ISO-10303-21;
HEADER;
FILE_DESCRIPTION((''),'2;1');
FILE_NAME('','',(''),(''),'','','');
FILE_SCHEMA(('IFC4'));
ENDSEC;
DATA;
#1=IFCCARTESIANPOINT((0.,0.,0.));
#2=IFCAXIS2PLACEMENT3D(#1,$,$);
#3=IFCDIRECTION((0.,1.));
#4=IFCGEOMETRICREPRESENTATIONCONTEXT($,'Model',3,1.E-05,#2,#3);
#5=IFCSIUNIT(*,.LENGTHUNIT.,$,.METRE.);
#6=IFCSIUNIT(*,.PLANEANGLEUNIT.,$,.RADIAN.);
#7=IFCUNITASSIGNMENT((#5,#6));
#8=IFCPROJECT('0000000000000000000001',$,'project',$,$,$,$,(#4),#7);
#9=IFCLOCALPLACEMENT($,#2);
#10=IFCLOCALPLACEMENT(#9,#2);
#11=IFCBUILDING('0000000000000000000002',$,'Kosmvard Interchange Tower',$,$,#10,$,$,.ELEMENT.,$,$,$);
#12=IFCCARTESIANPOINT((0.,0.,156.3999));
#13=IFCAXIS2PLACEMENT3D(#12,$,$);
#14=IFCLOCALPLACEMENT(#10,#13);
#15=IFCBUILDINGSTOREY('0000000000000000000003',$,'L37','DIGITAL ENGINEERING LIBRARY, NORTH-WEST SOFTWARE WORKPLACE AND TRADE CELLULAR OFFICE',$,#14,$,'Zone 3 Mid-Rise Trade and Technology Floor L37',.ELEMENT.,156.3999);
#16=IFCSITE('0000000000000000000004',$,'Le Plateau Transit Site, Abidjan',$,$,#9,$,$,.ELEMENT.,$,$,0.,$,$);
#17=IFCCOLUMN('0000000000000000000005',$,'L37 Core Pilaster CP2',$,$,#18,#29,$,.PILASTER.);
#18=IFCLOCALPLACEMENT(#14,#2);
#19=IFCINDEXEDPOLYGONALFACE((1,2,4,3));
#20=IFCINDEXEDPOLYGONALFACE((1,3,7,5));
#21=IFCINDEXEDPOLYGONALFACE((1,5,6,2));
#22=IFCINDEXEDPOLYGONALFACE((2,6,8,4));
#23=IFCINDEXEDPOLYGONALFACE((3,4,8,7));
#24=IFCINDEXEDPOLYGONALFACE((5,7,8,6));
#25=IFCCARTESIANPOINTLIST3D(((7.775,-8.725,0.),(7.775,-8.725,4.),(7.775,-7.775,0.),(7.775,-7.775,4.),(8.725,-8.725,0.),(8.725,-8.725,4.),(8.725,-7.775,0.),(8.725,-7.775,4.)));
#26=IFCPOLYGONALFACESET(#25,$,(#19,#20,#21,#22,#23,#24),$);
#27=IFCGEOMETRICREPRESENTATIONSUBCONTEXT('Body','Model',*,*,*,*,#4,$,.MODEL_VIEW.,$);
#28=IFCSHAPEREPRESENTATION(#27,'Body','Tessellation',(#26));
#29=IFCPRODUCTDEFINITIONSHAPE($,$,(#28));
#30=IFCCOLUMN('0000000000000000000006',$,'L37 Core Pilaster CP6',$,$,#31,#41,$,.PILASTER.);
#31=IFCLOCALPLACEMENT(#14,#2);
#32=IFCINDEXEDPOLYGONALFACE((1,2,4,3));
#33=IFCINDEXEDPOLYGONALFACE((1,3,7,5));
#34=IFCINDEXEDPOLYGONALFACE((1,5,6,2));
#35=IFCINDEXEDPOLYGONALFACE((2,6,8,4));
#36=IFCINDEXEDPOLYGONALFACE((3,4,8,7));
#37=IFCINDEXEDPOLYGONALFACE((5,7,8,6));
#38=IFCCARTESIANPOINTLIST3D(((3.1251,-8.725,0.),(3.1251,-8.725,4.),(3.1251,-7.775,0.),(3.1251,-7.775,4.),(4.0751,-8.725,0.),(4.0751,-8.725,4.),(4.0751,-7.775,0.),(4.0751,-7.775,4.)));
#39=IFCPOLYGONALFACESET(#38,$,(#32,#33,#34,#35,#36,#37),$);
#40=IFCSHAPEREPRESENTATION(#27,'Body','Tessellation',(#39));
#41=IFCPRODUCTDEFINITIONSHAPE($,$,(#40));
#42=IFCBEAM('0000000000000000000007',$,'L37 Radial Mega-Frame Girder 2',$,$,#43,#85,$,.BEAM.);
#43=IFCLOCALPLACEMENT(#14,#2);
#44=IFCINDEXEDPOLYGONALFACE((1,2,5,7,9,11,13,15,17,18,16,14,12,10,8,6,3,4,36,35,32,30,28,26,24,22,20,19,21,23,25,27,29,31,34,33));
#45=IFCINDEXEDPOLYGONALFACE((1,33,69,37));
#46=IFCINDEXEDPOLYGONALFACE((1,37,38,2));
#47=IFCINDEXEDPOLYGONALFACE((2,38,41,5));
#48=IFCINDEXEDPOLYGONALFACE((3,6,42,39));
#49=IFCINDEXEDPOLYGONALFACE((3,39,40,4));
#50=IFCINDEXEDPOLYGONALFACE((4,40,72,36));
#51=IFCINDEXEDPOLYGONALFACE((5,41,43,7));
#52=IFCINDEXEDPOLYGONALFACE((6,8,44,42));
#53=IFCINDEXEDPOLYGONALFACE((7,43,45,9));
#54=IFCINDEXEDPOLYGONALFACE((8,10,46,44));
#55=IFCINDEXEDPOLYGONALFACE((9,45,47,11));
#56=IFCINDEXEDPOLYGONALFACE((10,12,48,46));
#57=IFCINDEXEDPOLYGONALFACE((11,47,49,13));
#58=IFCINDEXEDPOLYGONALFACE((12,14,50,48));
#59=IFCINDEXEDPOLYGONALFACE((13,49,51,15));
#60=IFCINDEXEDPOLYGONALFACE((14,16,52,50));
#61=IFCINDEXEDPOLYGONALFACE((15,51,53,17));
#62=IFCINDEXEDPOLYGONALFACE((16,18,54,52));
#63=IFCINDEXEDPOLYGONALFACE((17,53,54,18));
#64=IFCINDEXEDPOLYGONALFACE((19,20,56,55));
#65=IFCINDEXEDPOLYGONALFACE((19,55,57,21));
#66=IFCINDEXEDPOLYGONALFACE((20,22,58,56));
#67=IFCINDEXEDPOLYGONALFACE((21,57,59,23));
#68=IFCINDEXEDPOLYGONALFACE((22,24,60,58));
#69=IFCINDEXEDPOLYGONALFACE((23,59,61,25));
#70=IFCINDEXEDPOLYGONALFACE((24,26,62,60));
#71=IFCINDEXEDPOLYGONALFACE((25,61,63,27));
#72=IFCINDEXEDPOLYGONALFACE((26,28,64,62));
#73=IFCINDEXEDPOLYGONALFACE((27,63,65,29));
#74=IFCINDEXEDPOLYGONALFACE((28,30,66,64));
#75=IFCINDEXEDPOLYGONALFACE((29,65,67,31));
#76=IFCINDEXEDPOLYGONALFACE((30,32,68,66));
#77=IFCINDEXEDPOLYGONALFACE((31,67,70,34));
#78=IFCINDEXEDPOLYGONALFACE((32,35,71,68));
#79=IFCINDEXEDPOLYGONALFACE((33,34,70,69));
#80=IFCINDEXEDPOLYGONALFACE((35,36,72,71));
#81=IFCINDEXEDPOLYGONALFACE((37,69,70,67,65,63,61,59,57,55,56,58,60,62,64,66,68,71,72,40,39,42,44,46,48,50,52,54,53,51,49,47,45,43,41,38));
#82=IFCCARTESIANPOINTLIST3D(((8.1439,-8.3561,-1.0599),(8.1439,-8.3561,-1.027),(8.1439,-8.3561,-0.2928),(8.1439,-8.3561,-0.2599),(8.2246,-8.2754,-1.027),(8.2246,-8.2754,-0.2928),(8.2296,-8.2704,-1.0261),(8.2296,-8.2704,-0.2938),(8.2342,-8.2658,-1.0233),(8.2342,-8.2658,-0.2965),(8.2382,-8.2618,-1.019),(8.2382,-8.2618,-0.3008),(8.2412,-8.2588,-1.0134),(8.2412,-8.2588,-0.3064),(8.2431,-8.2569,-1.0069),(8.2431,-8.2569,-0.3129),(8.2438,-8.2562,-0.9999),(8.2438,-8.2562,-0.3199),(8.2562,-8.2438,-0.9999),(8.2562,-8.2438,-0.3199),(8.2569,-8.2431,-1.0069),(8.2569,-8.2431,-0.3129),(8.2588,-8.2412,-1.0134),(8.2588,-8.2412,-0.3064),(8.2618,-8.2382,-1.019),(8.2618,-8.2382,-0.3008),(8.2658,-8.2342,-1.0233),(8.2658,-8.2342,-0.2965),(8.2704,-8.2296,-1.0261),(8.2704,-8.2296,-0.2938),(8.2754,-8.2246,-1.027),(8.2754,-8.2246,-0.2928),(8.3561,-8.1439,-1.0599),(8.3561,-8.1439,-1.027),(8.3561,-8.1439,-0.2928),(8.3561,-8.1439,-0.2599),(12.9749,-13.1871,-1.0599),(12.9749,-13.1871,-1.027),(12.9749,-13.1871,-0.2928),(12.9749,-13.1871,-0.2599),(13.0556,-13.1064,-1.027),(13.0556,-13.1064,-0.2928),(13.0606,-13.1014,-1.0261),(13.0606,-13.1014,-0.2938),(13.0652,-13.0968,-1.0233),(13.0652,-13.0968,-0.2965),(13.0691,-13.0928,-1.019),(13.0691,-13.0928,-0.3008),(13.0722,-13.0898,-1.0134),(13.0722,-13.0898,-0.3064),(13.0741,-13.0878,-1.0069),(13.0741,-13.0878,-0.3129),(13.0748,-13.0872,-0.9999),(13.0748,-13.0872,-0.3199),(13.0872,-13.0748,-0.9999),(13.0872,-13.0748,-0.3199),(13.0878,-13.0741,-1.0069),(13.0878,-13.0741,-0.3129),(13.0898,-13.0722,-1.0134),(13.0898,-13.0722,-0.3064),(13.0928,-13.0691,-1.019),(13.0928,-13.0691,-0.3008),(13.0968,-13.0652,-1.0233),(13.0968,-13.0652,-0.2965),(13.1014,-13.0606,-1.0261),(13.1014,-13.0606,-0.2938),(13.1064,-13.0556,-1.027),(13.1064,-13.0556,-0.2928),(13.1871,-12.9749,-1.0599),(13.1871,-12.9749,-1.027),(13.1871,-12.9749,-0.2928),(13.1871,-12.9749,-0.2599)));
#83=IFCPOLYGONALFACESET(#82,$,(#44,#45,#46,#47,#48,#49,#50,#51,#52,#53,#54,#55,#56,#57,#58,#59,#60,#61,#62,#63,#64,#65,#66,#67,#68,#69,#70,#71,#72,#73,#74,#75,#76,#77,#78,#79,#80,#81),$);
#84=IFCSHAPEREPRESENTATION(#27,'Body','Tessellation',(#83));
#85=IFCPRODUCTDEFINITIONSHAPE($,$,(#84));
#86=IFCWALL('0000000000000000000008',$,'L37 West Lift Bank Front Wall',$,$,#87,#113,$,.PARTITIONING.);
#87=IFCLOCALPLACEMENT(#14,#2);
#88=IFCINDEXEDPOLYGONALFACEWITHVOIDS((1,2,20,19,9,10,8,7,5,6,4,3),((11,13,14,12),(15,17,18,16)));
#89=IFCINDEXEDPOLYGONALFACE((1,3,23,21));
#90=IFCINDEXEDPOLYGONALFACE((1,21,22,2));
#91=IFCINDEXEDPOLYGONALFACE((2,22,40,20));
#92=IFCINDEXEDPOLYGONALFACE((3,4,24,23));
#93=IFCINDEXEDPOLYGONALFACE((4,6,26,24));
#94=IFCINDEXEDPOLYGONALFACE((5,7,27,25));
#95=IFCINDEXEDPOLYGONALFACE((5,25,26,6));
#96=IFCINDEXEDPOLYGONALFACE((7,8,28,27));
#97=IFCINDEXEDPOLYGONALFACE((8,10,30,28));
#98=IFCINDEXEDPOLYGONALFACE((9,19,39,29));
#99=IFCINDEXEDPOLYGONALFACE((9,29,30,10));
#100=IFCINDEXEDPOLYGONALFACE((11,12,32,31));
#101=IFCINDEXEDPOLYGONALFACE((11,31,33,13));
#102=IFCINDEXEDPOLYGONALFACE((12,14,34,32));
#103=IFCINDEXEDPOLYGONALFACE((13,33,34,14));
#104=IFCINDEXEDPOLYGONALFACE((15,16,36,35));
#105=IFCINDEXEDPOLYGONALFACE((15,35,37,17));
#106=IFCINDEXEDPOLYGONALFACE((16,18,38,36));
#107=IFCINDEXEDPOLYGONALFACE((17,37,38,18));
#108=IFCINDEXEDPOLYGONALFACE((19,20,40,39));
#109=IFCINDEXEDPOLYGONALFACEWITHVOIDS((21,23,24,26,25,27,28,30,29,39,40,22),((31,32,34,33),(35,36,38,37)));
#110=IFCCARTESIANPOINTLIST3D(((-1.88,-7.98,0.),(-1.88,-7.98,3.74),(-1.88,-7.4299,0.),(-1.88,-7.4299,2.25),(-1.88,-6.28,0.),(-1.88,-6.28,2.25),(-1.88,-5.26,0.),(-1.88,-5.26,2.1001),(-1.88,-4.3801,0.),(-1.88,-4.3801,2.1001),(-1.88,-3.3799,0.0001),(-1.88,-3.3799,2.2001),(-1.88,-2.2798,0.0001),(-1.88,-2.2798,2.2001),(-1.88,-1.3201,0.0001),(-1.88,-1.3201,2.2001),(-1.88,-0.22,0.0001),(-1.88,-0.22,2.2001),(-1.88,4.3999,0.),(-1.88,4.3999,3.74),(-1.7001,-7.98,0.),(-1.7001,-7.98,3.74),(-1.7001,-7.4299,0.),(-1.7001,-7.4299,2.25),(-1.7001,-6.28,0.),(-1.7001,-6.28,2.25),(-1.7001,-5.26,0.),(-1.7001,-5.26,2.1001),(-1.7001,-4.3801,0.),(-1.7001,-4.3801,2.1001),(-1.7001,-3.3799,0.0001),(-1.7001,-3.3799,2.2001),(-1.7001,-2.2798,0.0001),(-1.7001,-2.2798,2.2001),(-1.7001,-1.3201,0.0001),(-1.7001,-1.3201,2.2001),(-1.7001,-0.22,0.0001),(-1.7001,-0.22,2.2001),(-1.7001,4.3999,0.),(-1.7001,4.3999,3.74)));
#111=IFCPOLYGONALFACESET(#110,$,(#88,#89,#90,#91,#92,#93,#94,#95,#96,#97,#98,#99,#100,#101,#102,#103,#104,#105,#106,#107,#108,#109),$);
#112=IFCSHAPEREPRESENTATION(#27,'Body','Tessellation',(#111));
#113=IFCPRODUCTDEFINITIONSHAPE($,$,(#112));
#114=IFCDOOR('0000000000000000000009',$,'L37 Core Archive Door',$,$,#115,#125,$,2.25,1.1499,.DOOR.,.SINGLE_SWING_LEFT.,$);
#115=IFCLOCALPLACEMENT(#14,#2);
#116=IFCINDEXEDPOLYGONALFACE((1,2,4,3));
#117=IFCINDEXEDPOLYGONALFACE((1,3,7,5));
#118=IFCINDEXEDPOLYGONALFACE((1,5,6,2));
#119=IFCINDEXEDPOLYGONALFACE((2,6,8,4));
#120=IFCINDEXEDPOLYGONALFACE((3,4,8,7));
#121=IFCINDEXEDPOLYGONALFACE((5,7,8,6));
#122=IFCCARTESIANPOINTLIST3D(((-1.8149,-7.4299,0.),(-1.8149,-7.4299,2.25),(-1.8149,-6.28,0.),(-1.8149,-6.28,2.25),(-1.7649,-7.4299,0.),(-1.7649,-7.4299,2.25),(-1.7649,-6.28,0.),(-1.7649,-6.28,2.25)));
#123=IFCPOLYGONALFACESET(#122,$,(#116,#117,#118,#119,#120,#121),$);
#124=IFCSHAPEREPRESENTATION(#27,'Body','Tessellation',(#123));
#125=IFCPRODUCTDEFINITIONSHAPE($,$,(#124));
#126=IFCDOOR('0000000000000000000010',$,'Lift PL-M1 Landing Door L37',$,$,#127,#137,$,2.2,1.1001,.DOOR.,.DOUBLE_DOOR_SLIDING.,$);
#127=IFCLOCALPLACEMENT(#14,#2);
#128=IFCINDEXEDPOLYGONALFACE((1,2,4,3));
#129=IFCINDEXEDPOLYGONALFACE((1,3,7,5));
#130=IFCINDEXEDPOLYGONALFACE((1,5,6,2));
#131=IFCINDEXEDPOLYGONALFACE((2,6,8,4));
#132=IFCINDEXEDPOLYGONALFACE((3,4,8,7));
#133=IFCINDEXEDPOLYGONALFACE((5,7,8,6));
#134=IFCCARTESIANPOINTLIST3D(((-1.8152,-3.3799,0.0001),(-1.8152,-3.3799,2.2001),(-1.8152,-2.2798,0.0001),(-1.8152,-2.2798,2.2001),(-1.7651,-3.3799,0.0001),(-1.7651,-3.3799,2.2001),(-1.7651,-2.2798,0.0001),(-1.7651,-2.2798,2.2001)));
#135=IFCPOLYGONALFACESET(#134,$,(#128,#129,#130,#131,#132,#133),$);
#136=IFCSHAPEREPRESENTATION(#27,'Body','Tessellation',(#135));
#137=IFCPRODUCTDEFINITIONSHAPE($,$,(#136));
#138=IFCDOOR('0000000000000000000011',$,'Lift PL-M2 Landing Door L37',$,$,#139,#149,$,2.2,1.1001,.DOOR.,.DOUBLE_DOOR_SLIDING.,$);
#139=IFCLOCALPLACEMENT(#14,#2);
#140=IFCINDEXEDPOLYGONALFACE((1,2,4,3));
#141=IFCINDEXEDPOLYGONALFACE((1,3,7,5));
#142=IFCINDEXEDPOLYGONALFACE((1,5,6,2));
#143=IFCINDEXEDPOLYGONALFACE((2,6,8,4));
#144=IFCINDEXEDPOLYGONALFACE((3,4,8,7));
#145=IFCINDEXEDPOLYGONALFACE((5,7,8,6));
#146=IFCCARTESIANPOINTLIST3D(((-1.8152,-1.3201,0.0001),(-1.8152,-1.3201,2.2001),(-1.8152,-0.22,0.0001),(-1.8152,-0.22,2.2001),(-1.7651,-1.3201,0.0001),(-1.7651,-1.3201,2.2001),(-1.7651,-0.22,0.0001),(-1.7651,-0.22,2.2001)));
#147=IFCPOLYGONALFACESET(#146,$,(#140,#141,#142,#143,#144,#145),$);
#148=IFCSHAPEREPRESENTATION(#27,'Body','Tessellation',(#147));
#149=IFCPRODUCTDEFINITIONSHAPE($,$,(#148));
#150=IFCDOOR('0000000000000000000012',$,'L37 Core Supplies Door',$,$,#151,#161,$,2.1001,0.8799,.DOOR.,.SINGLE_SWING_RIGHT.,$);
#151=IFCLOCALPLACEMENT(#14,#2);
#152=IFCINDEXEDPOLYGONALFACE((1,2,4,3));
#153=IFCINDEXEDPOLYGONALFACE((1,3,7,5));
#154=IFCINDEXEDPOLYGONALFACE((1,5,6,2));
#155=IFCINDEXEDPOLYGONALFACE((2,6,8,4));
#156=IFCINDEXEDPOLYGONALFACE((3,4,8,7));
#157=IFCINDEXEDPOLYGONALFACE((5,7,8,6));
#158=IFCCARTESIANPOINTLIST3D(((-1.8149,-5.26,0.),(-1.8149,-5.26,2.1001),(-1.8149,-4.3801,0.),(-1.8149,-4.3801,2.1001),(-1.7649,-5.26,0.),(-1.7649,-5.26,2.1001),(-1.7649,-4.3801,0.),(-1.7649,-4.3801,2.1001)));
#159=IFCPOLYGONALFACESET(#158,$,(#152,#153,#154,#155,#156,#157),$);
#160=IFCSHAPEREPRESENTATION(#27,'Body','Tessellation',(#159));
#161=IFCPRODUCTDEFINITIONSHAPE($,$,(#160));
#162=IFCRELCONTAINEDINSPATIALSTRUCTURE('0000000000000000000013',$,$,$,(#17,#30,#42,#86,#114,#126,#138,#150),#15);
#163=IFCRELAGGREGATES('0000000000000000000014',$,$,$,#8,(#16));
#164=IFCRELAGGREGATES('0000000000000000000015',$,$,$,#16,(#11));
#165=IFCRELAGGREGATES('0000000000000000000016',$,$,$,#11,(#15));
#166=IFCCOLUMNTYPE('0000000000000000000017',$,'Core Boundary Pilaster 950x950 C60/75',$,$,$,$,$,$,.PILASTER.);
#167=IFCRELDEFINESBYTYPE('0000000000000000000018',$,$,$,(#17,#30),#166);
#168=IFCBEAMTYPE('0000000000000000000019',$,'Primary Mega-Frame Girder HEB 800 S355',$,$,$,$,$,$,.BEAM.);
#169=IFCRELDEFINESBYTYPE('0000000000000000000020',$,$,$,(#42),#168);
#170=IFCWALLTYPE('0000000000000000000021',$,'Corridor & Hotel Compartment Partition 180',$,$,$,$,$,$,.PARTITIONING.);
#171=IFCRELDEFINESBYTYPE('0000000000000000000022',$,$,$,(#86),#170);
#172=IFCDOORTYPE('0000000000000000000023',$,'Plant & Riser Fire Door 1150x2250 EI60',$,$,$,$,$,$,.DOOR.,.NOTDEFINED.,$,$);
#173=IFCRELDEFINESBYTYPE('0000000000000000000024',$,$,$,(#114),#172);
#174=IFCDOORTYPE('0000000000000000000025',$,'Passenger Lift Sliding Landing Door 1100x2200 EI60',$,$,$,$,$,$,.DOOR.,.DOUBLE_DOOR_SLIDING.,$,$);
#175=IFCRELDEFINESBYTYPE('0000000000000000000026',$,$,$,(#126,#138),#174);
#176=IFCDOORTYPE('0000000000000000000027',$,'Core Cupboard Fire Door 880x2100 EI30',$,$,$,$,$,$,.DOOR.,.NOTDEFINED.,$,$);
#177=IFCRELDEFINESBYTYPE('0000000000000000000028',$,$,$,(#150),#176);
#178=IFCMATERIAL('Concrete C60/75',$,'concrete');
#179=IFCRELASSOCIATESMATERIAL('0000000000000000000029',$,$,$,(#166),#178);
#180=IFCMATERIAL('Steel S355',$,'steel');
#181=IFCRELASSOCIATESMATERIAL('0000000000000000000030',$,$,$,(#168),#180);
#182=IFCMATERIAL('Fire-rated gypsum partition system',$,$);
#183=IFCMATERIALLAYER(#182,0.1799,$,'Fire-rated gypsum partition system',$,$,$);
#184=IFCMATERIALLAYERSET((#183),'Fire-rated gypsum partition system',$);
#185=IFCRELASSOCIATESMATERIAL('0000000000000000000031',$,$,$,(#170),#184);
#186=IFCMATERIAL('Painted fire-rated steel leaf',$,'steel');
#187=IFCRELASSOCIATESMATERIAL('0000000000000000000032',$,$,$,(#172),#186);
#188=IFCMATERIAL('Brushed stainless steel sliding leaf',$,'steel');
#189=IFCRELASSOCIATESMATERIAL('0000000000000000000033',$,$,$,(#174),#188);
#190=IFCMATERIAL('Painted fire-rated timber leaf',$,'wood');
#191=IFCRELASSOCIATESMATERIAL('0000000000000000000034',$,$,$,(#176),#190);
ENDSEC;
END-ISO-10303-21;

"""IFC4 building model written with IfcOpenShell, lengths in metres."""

from ifc_helpers import new_model, si_unit, direction, frame, frame_2d, origin, origin_2d, place, context, subcontext, project, spatial, rectangle, i_section, extrude, source, transform, mapped, material, layer, layer_set, material_profile, profile_set, type_object, element, fill, save


model = new_model("IFC4")

# Units and contexts
model_context = context("Model", 3, precision=1e-05, world=origin(), true_north=direction((0.0, 1.0)))
body_context = subcontext(model_context, "Body", "Model", "MODEL_VIEW")
ifc_project = project(units=[si_unit("LENGTHUNIT", "METRE"), si_unit("PLANEANGLEUNIT", "RADIAN")], contexts=[model_context])

# Site, building, storey
site_placement = place(None, origin())
site = spatial("IfcSite", under=ifc_project, at=site_placement, Name="Le Plateau Transit Site, Abidjan", CompositionType="ELEMENT", RefElevation=0.0)
building_placement = place(site_placement, origin())
building = spatial("IfcBuilding", under=site, at=building_placement, Name="Kosmvard Interchange Tower", CompositionType="ELEMENT")
storey_placement = place(building_placement, frame((0.0, 0.0, 156.3999)))
storey = spatial("IfcBuildingStorey", under=building, at=storey_placement, Name="L37", Description="DIGITAL ENGINEERING LIBRARY, NORTH-WEST SOFTWARE WORKPLACE AND TRADE CELLULAR OFFICE", LongName="Zone 3 Mid-Rise Trade and Technology Floor L37", CompositionType="ELEMENT", Elevation=156.3999)

# Columns
ifc_material_1 = material(Name="Concrete C60/75", Category="concrete")
ifc_material_profile_1 = material_profile(ifc_material_1, rectangle(XDim=0.95, YDim=0.95, at=origin_2d()), Name="CP 950x950")
ifc_profile_set_1 = profile_set([ifc_material_profile_1], Name="Concrete C60/75")
column_type = type_object("IfcColumnType", Name="Core Boundary Pilaster 950x950 C60/75", PredefinedType="PILASTER", material=ifc_profile_set_1)
shared_shape_1 = source(origin(), body_context, "Body", "SweptSolid", [
    extrude(rectangle(XDim=0.95, YDim=0.95, at=origin_2d()), origin(), (0.0, 0.0, 1.0), 4.0),
])
for number, where, z_axis, x_axis, name in (
    (1, (8.25, -8.25, 0.0), (0.0, 0.0, 1.0), (1.0, 0.0, 0.0), "L37 Core Pilaster CP2"),
    (2, (3.6001, -8.25, 0.0), (0.0, 0.0, 1.0), (1.0, 0.0, 0.0), "L37 Core Pilaster CP6"),
):
    element("IfcColumn", number, at=place(storey_placement, frame(where, z_axis=z_axis, x_axis=x_axis)), inside=storey, type_object=column_type, Name=name, PredefinedType="PILASTER", context=body_context, shape_type="MappedRepresentation", body=[
        mapped(shared_shape_1, transform((0.0, 0.0, 0.0), scale=1.0)),
    ])

# Beam
ifc_material_2 = material(Name="Steel S355", Category="steel")
ifc_material_profile_2 = material_profile(ifc_material_2, i_section(OverallWidth=0.3, OverallDepth=0.8, WebThickness=0.0176, FlangeThickness=0.033, FilletRadius=0.0271, at=origin_2d()), Name="HEB 800")
ifc_profile_set_2 = profile_set([ifc_material_profile_2], Name="Steel S355")
beam_type = type_object("IfcBeamType", Name="Primary Mega-Frame Girder HEB 800 S355", PredefinedType="BEAM", material=ifc_profile_set_2)
shared_shape_2 = source(origin(), body_context, "Body", "SweptSolid", [
    extrude(i_section(OverallWidth=0.3, OverallDepth=0.8, WebThickness=0.0176, FlangeThickness=0.033, FilletRadius=0.0271, at=origin_2d()), origin(), (0.0, 0.0, 1.0), 6.832),
])
beam_placement = place(storey_placement, frame((8.25, -8.25, -0.6599), z_axis=(0.707107, -0.707107, 0.0), x_axis=(0.707107, 0.707107, 0.0)))
element("IfcBeam", 3, at=beam_placement, inside=storey, type_object=beam_type, Name="L37 Radial Mega-Frame Girder 2", PredefinedType="BEAM", context=body_context, shape_type="MappedRepresentation", body=[
    mapped(shared_shape_2, transform((0.0, 0.0, 0.0), scale=1.0)),
])

# Wall, openings, doors
ifc_material_3 = material(Name="Fire-rated gypsum partition system")
ifc_layer_1 = layer(ifc_material_3, 0.1799, Name="Fire-rated gypsum partition system")
ifc_layer_set_1 = layer_set([ifc_layer_1], Name="Fire-rated gypsum partition system")
wall_type_1 = type_object("IfcWallType", Name="Corridor & Hotel Compartment Partition 180", PredefinedType="PARTITIONING", material=ifc_layer_set_1)
wall_1_placement = place(storey_placement, frame((-1.79, -7.98, 0.0), z_axis=(0.0, 0.0, 1.0), x_axis=(0.0, 1.0, 0.0)))
wall_1 = element("IfcWall", 4, at=wall_1_placement, inside=storey, type_object=wall_type_1, Name="L37 West Lift Bank Front Wall", PredefinedType="PARTITIONING", context=body_context, shape_type="SweptSolid", body=[
    extrude(rectangle(XDim=12.3799, YDim=0.1799, at=frame_2d((6.1899, 0.0))), origin(), (0.0, 0.0, 1.0), 3.74),
])
opening_1_placement = place(wall_1_placement, frame((4.6001, 0.0, 0.0)))
opening_1 = element("IfcOpeningElement", 5, at=opening_1_placement, cuts=wall_1, PredefinedType="OPENING", context=body_context, shape_type="SweptSolid", body=[
    extrude(rectangle(XDim=1.1001, YDim=2.2, at=frame_2d((0.55, 1.1001))), frame((0.0, 0.1001, 0.0), z_axis=(0.0, -1.0, 0.0), x_axis=(1.0, 0.0, 0.0)), (0.0, 0.0, 1.0), 0.2),
])
opening_2_placement = place(wall_1_placement, frame((6.6599, 0.0, 0.0)))
opening_2 = element("IfcOpeningElement", 6, at=opening_2_placement, cuts=wall_1, PredefinedType="OPENING", context=body_context, shape_type="SweptSolid", body=[
    extrude(rectangle(XDim=1.1001, YDim=2.2, at=frame_2d((0.55, 1.1001))), frame((0.0, 0.1001, 0.0), z_axis=(0.0, -1.0, 0.0), x_axis=(1.0, 0.0, 0.0)), (0.0, 0.0, 1.0), 0.2),
])
opening_3_placement = place(wall_1_placement, frame((0.55, 0.0, 0.0)))
opening_3 = element("IfcOpeningElement", 7, at=opening_3_placement, cuts=wall_1, PredefinedType="OPENING", context=body_context, shape_type="SweptSolid", body=[
    extrude(rectangle(XDim=1.1499, YDim=2.25, at=frame_2d((0.575, 1.125))), frame((0.0, 0.1001, 0.0), z_axis=(0.0, -1.0, 0.0), x_axis=(1.0, 0.0, 0.0)), (0.0, 0.0, 1.0), 0.2),
])
opening_4_placement = place(wall_1_placement, frame((2.72, 0.0, 0.0)))
opening_4 = element("IfcOpeningElement", 8, at=opening_4_placement, cuts=wall_1, PredefinedType="OPENING", context=body_context, shape_type="SweptSolid", body=[
    extrude(rectangle(XDim=0.8799, YDim=2.1001, at=frame_2d((0.4399, 1.05))), frame((0.0, 0.1001, 0.0), z_axis=(0.0, -1.0, 0.0), x_axis=(1.0, 0.0, 0.0)), (0.0, 0.0, 1.0), 0.2),
])
ifc_material_4 = material(Name="Painted fire-rated steel leaf", Category="steel")
door_type_1 = type_object("IfcDoorType", Name="Plant & Riser Fire Door 1150x2250 EI60", OperationType="NOTDEFINED", PredefinedType="DOOR", material=ifc_material_4)
shared_shape_3 = source(origin(), body_context, "Body", "SweptSolid", [
    extrude(rectangle(XDim=1.1499, YDim=2.25, at=frame_2d((0.575, 1.125))), frame((0.0, 0.0249, 0.0), z_axis=(0.0, -1.0, 0.0), x_axis=(1.0, 0.0, 0.0)), (0.0, 0.0, 1.0), 0.05),
])
door_1_placement = place(opening_3_placement, origin())
door_1 = element("IfcDoor", 9, at=door_1_placement, inside=storey, type_object=door_type_1, Name="L37 Core Archive Door", OperationType="SINGLE_SWING_LEFT", OverallHeight=2.25, OverallWidth=1.1499, PredefinedType="DOOR", context=body_context, shape_type="MappedRepresentation", body=[
    mapped(shared_shape_3, transform((0.0, 0.0, 0.0), scale=1.0)),
])
fill(opening_3, door_1)
ifc_material_5 = material(Name="Brushed stainless steel sliding leaf", Category="steel")
door_type_2 = type_object("IfcDoorType", Name="Passenger Lift Sliding Landing Door 1100x2200 EI60", OperationType="DOUBLE_DOOR_SLIDING", PredefinedType="DOOR", material=ifc_material_5)
shared_shape_4 = source(origin(), body_context, "Body", "SweptSolid", [
    extrude(rectangle(XDim=1.1001, YDim=2.2, at=frame_2d((0.55, 1.1001))), frame((0.0, 0.0249, 0.0), z_axis=(0.0, -1.0, 0.0), x_axis=(1.0, 0.0, 0.0)), (0.0, 0.0, 1.0), 0.05),
])
door_2_placement = place(opening_1_placement, frame((1.1001, 0.0, 0.0), z_axis=(0.0, 0.0, 1.0), x_axis=(-1.0, 0.0, 0.0)))
door_2 = element("IfcDoor", 10, at=door_2_placement, inside=storey, type_object=door_type_2, Name="Lift PL-M1 Landing Door L37", OperationType="DOUBLE_DOOR_SLIDING", OverallHeight=2.2, OverallWidth=1.1001, PredefinedType="DOOR", context=body_context, shape_type="MappedRepresentation", body=[
    mapped(shared_shape_4, transform((0.0, 0.0, 0.0), scale=1.0)),
])
fill(opening_1, door_2)
door_3_placement = place(opening_2_placement, frame((1.1001, 0.0, 0.0), z_axis=(0.0, 0.0, 1.0), x_axis=(-1.0, 0.0, 0.0)))
door_3 = element("IfcDoor", 11, at=door_3_placement, inside=storey, type_object=door_type_2, Name="Lift PL-M2 Landing Door L37", OperationType="DOUBLE_DOOR_SLIDING", OverallHeight=2.2, OverallWidth=1.1001, PredefinedType="DOOR", context=body_context, shape_type="MappedRepresentation", body=[
    mapped(shared_shape_4, transform((0.0, 0.0, 0.0), scale=1.0)),
])
fill(opening_2, door_3)
ifc_material_6 = material(Name="Painted fire-rated timber leaf", Category="wood")
door_type_3 = type_object("IfcDoorType", Name="Core Cupboard Fire Door 880x2100 EI30", OperationType="NOTDEFINED", PredefinedType="DOOR", material=ifc_material_6)
shared_shape_5 = source(origin(), body_context, "Body", "SweptSolid", [
    extrude(rectangle(XDim=0.8799, YDim=2.1001, at=frame_2d((0.4399, 1.05))), frame((0.0, 0.0249, 0.0), z_axis=(0.0, -1.0, 0.0), x_axis=(1.0, 0.0, 0.0)), (0.0, 0.0, 1.0), 0.05),
])
door_4_placement = place(opening_4_placement, origin())
door_4 = element("IfcDoor", 12, at=door_4_placement, inside=storey, type_object=door_type_3, Name="L37 Core Supplies Door", OperationType="SINGLE_SWING_RIGHT", OverallHeight=2.1001, OverallWidth=0.8799, PredefinedType="DOOR", context=body_context, shape_type="MappedRepresentation", body=[
    mapped(shared_shape_5, transform((0.0, 0.0, 0.0), scale=1.0)),
])
fill(opening_4, door_4)

save(model, "model.ifc")
